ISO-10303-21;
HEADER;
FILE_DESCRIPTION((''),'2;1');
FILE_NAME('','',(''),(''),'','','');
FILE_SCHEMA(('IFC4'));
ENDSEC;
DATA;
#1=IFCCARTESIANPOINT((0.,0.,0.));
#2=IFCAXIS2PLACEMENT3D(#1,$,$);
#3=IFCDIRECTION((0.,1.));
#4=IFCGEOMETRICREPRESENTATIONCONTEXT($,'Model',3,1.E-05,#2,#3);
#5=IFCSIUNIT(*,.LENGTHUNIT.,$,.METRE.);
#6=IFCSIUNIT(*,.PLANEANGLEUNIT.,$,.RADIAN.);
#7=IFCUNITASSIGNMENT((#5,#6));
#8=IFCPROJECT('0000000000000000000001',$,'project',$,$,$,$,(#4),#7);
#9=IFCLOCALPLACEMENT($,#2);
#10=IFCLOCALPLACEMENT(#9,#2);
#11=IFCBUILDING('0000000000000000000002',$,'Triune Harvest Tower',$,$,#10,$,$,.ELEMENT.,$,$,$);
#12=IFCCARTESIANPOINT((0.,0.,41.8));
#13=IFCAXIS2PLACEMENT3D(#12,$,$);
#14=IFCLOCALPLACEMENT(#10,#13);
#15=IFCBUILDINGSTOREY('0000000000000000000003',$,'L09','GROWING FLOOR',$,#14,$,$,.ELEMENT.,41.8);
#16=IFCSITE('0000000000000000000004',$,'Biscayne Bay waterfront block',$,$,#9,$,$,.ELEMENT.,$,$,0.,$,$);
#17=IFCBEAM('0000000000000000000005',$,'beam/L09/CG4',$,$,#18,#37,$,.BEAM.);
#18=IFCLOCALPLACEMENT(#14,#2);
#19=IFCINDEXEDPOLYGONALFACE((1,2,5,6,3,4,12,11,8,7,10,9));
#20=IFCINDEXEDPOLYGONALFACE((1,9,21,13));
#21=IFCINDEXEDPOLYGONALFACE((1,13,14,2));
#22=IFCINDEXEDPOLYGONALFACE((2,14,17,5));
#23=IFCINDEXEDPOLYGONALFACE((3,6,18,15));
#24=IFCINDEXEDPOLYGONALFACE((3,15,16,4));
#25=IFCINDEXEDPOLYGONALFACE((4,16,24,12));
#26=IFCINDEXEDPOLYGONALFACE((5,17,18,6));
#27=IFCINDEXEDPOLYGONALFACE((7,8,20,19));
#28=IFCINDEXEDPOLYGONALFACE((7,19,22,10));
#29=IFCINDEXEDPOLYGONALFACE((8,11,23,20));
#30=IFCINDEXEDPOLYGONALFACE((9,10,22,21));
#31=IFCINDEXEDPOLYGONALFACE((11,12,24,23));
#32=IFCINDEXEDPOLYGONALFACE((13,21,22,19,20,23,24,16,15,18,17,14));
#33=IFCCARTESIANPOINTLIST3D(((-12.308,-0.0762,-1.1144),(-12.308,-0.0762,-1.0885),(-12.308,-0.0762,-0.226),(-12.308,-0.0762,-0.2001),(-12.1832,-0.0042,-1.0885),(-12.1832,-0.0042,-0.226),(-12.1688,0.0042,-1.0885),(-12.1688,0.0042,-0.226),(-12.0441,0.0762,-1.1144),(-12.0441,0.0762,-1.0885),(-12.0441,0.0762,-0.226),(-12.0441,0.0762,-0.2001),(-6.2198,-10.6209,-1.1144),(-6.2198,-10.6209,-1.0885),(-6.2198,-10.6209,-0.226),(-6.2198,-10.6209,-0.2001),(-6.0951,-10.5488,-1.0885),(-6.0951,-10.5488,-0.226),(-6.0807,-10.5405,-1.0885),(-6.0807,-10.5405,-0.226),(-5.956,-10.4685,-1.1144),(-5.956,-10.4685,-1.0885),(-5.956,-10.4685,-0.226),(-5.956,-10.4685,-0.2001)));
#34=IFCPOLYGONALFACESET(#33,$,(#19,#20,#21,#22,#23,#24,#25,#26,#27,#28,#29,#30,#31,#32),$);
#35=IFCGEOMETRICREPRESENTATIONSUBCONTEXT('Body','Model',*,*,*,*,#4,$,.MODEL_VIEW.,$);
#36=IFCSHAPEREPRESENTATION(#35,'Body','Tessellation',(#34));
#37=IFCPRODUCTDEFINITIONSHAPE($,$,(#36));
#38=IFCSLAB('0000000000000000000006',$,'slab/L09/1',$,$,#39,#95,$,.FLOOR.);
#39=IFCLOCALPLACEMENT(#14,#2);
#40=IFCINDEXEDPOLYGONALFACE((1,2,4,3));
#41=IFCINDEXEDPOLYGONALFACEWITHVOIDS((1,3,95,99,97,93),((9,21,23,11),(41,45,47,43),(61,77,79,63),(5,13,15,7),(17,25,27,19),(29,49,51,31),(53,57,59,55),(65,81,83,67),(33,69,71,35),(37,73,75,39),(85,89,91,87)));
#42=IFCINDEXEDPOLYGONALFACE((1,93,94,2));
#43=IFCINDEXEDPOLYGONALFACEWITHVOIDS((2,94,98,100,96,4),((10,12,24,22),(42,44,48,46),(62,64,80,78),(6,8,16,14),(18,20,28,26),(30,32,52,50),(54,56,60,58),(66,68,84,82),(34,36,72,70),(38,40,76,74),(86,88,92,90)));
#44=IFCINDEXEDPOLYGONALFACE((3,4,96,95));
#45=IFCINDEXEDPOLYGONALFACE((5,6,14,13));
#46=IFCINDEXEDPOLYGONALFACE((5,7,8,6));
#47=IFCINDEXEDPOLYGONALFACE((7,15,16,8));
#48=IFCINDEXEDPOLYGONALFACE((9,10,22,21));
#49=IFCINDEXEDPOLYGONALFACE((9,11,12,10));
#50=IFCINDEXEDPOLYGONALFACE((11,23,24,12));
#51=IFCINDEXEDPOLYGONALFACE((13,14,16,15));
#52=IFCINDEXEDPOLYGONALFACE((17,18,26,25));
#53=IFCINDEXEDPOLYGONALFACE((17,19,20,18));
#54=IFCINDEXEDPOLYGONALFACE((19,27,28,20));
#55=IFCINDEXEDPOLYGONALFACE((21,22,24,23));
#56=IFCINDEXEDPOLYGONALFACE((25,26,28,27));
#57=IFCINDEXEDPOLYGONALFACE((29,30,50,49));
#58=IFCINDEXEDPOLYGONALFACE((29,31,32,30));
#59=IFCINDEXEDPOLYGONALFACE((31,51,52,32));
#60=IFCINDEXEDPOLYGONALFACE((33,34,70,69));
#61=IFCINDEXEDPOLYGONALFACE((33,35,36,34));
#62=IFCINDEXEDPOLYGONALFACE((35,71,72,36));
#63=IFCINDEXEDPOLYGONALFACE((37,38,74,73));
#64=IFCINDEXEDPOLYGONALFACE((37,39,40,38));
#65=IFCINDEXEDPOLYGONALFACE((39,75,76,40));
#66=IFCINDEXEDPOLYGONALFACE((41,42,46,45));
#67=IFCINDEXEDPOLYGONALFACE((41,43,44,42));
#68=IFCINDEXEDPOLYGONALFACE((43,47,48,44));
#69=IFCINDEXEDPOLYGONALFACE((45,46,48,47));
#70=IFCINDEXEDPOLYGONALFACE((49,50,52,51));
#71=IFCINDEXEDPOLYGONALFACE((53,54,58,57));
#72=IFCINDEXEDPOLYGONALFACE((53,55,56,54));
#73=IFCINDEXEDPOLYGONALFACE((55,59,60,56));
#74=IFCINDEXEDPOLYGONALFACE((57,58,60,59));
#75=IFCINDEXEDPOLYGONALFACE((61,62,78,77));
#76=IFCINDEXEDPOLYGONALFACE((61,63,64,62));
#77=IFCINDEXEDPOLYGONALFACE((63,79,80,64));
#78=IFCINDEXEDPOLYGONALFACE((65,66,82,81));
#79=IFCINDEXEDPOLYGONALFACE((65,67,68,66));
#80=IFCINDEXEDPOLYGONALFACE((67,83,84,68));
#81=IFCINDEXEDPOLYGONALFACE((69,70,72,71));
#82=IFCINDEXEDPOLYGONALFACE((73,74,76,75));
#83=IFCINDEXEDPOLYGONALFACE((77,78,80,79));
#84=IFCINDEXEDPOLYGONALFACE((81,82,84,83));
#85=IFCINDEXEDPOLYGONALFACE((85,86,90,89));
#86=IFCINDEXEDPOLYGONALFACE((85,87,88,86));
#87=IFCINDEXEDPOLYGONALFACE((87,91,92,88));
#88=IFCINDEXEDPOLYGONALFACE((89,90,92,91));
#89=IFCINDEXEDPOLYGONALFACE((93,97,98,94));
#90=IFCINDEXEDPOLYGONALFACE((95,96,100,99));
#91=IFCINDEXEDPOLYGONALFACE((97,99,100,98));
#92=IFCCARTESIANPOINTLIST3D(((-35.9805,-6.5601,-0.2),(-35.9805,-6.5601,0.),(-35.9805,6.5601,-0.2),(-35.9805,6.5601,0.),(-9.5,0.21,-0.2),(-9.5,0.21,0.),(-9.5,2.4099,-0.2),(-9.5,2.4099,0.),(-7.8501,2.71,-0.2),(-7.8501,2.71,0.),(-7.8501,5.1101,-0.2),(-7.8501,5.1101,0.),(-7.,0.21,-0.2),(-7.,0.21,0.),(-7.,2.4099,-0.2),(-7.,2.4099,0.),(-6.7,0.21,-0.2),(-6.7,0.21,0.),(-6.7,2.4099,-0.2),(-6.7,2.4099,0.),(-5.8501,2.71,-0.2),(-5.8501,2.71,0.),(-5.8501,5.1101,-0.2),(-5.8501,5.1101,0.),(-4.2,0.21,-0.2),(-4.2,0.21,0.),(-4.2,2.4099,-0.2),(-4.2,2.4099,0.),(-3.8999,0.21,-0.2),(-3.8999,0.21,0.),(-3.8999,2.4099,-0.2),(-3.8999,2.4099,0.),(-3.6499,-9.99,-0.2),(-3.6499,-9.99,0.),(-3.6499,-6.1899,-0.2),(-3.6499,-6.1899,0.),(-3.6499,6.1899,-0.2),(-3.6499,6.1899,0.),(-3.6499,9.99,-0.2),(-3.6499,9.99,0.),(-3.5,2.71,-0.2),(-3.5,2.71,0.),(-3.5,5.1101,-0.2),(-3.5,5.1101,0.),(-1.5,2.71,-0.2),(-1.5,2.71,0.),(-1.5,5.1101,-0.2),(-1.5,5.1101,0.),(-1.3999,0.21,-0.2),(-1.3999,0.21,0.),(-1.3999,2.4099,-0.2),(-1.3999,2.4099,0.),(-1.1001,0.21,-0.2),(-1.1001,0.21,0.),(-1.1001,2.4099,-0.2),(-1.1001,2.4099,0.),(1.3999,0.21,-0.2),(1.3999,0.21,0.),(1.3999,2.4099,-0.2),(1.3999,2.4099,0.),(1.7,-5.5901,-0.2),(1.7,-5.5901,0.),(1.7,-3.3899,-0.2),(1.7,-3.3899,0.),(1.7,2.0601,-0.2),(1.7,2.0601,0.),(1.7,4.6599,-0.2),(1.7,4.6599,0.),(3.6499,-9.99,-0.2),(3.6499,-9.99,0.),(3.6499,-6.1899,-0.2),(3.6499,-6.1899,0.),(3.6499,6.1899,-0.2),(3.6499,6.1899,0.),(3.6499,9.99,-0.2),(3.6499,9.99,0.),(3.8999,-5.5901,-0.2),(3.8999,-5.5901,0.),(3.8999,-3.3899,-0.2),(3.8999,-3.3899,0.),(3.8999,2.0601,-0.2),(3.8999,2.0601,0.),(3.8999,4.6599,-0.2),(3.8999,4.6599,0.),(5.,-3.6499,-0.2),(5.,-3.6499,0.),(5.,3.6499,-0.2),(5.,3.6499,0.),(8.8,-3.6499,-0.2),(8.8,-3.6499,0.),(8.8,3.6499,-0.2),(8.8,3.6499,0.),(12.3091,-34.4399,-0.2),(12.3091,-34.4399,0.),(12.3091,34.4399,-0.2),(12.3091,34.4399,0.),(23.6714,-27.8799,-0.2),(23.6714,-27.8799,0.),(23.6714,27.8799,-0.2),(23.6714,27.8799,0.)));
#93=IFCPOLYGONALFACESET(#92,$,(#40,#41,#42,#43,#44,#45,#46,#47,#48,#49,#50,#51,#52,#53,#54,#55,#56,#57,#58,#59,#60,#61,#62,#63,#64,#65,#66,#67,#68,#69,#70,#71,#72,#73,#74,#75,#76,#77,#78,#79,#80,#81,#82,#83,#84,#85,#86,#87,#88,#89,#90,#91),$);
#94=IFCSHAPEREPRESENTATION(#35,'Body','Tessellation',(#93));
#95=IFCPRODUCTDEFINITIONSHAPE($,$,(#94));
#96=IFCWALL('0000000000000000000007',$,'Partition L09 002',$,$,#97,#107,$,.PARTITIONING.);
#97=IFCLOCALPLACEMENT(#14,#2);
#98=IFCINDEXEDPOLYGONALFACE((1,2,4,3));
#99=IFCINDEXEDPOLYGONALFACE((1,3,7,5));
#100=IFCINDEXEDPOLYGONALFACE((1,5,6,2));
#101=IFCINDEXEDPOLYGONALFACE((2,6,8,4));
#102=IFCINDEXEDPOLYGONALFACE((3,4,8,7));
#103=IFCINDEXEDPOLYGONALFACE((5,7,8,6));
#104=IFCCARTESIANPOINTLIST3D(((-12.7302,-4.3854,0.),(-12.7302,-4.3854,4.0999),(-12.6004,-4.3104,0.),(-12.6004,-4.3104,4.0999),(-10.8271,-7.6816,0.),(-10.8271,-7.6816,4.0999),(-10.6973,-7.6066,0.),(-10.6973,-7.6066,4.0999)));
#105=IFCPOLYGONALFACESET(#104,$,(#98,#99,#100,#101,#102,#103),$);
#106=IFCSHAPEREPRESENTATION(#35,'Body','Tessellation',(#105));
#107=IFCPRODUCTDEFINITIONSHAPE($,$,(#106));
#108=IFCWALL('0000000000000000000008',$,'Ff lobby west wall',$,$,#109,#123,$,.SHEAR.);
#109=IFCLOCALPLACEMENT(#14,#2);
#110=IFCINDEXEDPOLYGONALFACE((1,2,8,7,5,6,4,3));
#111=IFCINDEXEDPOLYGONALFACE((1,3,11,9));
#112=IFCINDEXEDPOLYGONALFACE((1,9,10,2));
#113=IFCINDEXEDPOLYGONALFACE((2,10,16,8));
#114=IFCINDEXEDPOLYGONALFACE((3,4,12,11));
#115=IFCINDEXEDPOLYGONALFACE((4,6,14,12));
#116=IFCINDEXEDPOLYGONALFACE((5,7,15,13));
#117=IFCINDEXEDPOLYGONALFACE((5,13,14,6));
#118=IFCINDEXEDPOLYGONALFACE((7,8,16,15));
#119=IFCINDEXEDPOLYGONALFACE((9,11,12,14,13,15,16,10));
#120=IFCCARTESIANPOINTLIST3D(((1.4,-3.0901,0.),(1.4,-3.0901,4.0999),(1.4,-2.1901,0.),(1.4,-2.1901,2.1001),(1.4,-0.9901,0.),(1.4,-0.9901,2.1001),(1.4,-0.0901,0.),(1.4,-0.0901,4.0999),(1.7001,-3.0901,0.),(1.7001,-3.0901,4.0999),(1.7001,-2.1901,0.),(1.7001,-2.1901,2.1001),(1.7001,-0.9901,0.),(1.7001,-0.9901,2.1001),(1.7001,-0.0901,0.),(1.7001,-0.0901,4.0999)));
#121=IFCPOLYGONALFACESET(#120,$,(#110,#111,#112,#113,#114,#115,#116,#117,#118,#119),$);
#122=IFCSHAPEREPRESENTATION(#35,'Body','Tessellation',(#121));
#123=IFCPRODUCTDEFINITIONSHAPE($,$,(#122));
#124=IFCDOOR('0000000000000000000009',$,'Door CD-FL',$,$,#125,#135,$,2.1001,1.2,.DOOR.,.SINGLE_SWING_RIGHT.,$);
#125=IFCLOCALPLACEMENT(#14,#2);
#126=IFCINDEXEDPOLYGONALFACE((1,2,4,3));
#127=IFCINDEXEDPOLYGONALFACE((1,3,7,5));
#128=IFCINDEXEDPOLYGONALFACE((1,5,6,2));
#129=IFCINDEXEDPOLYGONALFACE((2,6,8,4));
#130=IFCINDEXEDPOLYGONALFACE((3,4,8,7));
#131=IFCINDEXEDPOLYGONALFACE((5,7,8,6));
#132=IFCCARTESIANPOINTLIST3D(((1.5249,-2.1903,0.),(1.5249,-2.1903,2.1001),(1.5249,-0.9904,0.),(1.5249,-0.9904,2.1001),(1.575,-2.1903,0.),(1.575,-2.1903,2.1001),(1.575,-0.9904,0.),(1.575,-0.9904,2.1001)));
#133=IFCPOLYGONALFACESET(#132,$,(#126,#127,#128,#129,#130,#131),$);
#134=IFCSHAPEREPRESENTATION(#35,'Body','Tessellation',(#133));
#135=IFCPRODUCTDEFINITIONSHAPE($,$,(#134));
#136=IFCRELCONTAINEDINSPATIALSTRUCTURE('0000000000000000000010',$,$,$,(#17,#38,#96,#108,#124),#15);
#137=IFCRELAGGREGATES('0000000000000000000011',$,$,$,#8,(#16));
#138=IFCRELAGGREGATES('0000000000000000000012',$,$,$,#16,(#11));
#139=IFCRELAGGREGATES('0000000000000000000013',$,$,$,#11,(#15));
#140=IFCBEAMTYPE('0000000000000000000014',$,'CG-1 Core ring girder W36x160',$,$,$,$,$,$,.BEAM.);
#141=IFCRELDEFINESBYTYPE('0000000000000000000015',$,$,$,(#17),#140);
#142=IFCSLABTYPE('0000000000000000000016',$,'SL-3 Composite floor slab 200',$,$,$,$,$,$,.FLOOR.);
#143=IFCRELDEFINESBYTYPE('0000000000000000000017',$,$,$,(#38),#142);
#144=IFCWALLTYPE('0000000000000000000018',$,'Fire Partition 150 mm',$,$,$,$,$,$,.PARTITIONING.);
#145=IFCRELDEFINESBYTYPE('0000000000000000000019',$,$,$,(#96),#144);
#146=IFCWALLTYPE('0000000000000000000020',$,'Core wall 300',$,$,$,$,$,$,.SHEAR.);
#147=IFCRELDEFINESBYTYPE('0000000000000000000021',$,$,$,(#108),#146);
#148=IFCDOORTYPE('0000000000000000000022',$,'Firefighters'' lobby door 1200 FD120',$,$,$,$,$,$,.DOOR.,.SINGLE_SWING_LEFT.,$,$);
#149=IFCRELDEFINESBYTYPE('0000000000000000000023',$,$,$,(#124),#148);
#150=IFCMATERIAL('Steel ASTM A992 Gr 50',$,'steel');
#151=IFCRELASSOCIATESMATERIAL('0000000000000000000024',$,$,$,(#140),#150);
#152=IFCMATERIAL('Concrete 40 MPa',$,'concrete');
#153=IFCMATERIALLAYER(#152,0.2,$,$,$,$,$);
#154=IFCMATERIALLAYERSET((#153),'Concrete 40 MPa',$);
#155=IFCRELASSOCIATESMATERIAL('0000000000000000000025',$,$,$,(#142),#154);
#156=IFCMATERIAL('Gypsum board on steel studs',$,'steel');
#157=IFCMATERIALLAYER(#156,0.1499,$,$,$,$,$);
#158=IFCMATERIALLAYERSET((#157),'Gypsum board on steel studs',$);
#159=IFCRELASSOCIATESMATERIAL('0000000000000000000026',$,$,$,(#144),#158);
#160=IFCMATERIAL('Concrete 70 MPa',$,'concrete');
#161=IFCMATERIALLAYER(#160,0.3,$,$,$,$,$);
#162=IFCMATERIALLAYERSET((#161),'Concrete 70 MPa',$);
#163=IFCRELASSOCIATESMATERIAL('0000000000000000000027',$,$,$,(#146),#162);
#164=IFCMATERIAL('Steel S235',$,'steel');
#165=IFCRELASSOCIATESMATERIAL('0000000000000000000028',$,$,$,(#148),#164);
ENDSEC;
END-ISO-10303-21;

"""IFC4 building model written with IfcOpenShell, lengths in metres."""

from ifc_helpers import new_model, si_unit, direction, frame, frame_2d, origin, origin_2d, place, context, subcontext, project, spatial, polyline, rectangle, i_section, outline, extrude, source, transform, mapped, material, layer, layer_set, material_profile, profile_set, type_object, element, fill, save


model = new_model("IFC4")

# Units and contexts
model_context = context("Model", 3, precision=1e-05, world=origin(), true_north=direction((0.0, 1.0)))
body_context = subcontext(model_context, "Body", "Model", "MODEL_VIEW")
ifc_project = project(units=[si_unit("LENGTHUNIT", "METRE"), si_unit("PLANEANGLEUNIT", "RADIAN")], contexts=[model_context])

# Site, building, storey
site_placement = place(None, origin())
site = spatial("IfcSite", under=ifc_project, at=site_placement, Name="Biscayne Bay waterfront block", CompositionType="ELEMENT", RefElevation=0.0)
building_placement = place(site_placement, origin())
building = spatial("IfcBuilding", under=site, at=building_placement, Name="Triune Harvest Tower", CompositionType="ELEMENT")
storey_placement = place(building_placement, frame((0.0, 0.0, 41.8)))
storey = spatial("IfcBuildingStorey", under=building, at=storey_placement, Name="L09", Description="GROWING FLOOR", CompositionType="ELEMENT", Elevation=41.8)

# Beam
ifc_material_1 = material(Name="Steel ASTM A992 Gr 50", Category="steel")
ifc_material_profile = material_profile(ifc_material_1, i_section(OverallWidth=0.3047, OverallDepth=0.9143, WebThickness=0.0166, FlangeThickness=0.0259, at=origin_2d()), Name="W36x160")
ifc_profile_set = profile_set([ifc_material_profile], Name="Steel ASTM A992 Gr 50")
beam_type = type_object("IfcBeamType", Name="CG-1 Core ring girder W36x160", PredefinedType="BEAM", material=ifc_profile_set)
shared_shape_1 = source(origin(), body_context, "Body", "SweptSolid", [
    extrude(i_section(OverallWidth=0.3047, OverallDepth=0.9143, WebThickness=0.0166, FlangeThickness=0.0259, at=origin_2d()), origin(), (0.0, 0.0, 1.0), 12.176),
])
beam_placement = place(storey_placement, frame((-12.176, 0.0, -0.6572), z_axis=(0.50001, -0.86602, 0.0), x_axis=(0.86602, 0.50001, 0.0)))
element("IfcBeam", 1, at=beam_placement, inside=storey, type_object=beam_type, Name="beam/L09/CG4", PredefinedType="BEAM", context=body_context, shape_type="MappedRepresentation", body=[
    mapped(shared_shape_1, transform((0.0, 0.0, 0.0), scale=1.0)),
])

# Slab
ifc_material_2 = material(Name="Concrete 40 MPa", Category="concrete")
ifc_layer_1 = layer(ifc_material_2, 0.2)
ifc_layer_set_1 = layer_set([ifc_layer_1], Name="Concrete 40 MPa")
slab_type = type_object("IfcSlabType", Name="SL-3 Composite floor slab 200", PredefinedType="FLOOR", material=ifc_layer_set_1)
shared_shape_2 = source(origin(), body_context, "Body", "SweptSolid", [
    extrude(outline(polyline([(23.6714, -27.8799), (23.6714, 27.8799), (12.3091, 34.4399), (-35.9805, 6.5601), (-35.9805, -6.5601), (12.3091, -34.4399), (23.6714, -27.8799)]), holes=[polyline([(-7.0, 0.21), (-7.0, 2.4099), (-9.5, 2.4099), (-9.5, 0.21), (-7.0, 0.21)]), polyline([(-4.2, 0.21), (-4.2, 2.4099), (-6.7, 2.4099), (-6.7, 0.21), (-4.2, 0.21)]), polyline([(-1.3999, 0.21), (-1.3999, 2.4099), (-3.8999, 2.4099), (-3.8999, 0.21), (-1.3999, 0.21)]), polyline([(1.3999, 0.21), (1.3999, 2.4099), (-1.1001, 2.4099), (-1.1001, 0.21), (1.3999, 0.21)]), polyline([(3.8999, 2.0601), (3.8999, 4.6599), (1.7, 4.6599), (1.7, 2.0601), (3.8999, 2.0601)]), polyline([(3.8999, -5.5901), (3.8999, -3.3899), (1.7, -3.3899), (1.7, -5.5901), (3.8999, -5.5901)]), polyline([(-5.8501, 2.71), (-5.8501, 5.1101), (-7.8501, 5.1101), (-7.8501, 2.71), (-5.8501, 2.71)]), polyline([(-1.5, 2.71), (-1.5, 5.1101), (-3.5, 5.1101), (-3.5, 2.71), (-1.5, 2.71)]), polyline([(3.6499, 6.1899), (3.6499, 9.99), (-3.6499, 9.99), (-3.6499, 6.1899), (3.6499, 6.1899)]), polyline([(3.6499, -9.99), (3.6499, -6.1899), (-3.6499, -6.1899), (-3.6499, -9.99), (3.6499, -9.99)]), polyline([(8.8, -3.6499), (8.8, 3.6499), (5.0, 3.6499), (5.0, -3.6499), (8.8, -3.6499)])]), origin(), (0.0, 0.0, 1.0), 0.2),
])
slab_placement = place(storey_placement, frame((0.0, 0.0, -0.2)))
element("IfcSlab", 2, at=slab_placement, inside=storey, type_object=slab_type, Name="slab/L09/1", PredefinedType="FLOOR", context=body_context, shape_type="MappedRepresentation", body=[
    mapped(shared_shape_2, transform((0.0, 0.0, 0.0), scale=1.0)),
])

# Wall
ifc_material_3 = material(Name="Gypsum board on steel studs", Category="steel")
ifc_layer_2 = layer(ifc_material_3, 0.1499)
ifc_layer_set_2 = layer_set([ifc_layer_2], Name="Gypsum board on steel studs")
wall_type_1 = type_object("IfcWallType", Name="Fire Partition 150 mm", PredefinedType="PARTITIONING", material=ifc_layer_set_2)
wall_1_placement = place(storey_placement, frame((-12.6653, -4.3479, 0.0), z_axis=(0.0, 0.0, 1.0), x_axis=(0.500009, -0.86602, 0.0)))
element("IfcWall", 3, at=wall_1_placement, inside=storey, type_object=wall_type_1, Name="Partition L09 002", PredefinedType="PARTITIONING", context=body_context, shape_type="SweptSolid", body=[
    extrude(rectangle(XDim=3.8062, YDim=0.1499, at=frame_2d((1.9031, 0.0))), origin(), (0.0, 0.0, 1.0), 4.0999),
])

# Wall, opening, door
ifc_material_4 = material(Name="Concrete 70 MPa", Category="concrete")
ifc_layer_3 = layer(ifc_material_4, 0.3)
ifc_layer_set_3 = layer_set([ifc_layer_3], Name="Concrete 70 MPa")
wall_type_2 = type_object("IfcWallType", Name="Core wall 300", PredefinedType="SHEAR", material=ifc_layer_set_3)
shared_shape_3 = source(origin(), body_context, "Body", "SweptSolid", [
    extrude(rectangle(XDim=3.0, YDim=0.3, at=frame_2d((1.5, 0.0))), origin(), (0.0, 0.0, 1.0), 4.0999),
])
wall_2_placement = place(storey_placement, frame((1.55, -3.0901, 0.0), z_axis=(0.0, 0.0, 1.0), x_axis=(0.0, 1.0, 0.0)))
wall_2 = element("IfcWall", 4, at=wall_2_placement, inside=storey, type_object=wall_type_2, Name="Ff lobby west wall", PredefinedType="SHEAR", context=body_context, shape_type="MappedRepresentation", body=[
    mapped(shared_shape_3, transform((0.0, 0.0, 0.0), scale=1.0)),
])
opening_1_placement = place(wall_2_placement, frame((0.8999, 0.0, 0.0)))
opening_1 = element("IfcOpeningElement", 5, at=opening_1_placement, cuts=wall_2, PredefinedType="OPENING", context=body_context, shape_type="SweptSolid", body=[
    extrude(rectangle(XDim=1.2, YDim=2.1001, at=frame_2d((0.6001, 1.05))), frame((0.0, 0.1602, 0.0), z_axis=(0.0, -1.0, 0.0), x_axis=(1.0, 0.0, 0.0)), (0.0, 0.0, 1.0), 0.3201),
])
ifc_material_5 = material(Name="Steel S235", Category="steel")
door_type_1 = type_object("IfcDoorType", Name="Firefighters' lobby door 1200 FD120", OperationType="SINGLE_SWING_LEFT", PredefinedType="DOOR", material=ifc_material_5)
door_1_placement = place(opening_1_placement, frame((1.2, 0.0, 0.0), z_axis=(0.0, 0.0, 1.0), x_axis=(-1.0, 0.0, 0.0)))
door_1 = element("IfcDoor", 6, at=door_1_placement, inside=storey, type_object=door_type_1, Name="Door CD-FL", OperationType="SINGLE_SWING_RIGHT", OverallHeight=2.1001, OverallWidth=1.2, PredefinedType="DOOR", context=body_context, shape_type="SweptSolid", body=[
    extrude(rectangle(XDim=1.2, YDim=2.1001, at=frame_2d((0.6001, 1.05))), frame((0.0, 0.0249, 0.0), z_axis=(0.0, -1.0, 0.0), x_axis=(1.0, 0.0, 0.0)), (0.0, 0.0, 1.0), 0.05),
])
fill(opening_1, door_1)

save(model, "model.ifc")
